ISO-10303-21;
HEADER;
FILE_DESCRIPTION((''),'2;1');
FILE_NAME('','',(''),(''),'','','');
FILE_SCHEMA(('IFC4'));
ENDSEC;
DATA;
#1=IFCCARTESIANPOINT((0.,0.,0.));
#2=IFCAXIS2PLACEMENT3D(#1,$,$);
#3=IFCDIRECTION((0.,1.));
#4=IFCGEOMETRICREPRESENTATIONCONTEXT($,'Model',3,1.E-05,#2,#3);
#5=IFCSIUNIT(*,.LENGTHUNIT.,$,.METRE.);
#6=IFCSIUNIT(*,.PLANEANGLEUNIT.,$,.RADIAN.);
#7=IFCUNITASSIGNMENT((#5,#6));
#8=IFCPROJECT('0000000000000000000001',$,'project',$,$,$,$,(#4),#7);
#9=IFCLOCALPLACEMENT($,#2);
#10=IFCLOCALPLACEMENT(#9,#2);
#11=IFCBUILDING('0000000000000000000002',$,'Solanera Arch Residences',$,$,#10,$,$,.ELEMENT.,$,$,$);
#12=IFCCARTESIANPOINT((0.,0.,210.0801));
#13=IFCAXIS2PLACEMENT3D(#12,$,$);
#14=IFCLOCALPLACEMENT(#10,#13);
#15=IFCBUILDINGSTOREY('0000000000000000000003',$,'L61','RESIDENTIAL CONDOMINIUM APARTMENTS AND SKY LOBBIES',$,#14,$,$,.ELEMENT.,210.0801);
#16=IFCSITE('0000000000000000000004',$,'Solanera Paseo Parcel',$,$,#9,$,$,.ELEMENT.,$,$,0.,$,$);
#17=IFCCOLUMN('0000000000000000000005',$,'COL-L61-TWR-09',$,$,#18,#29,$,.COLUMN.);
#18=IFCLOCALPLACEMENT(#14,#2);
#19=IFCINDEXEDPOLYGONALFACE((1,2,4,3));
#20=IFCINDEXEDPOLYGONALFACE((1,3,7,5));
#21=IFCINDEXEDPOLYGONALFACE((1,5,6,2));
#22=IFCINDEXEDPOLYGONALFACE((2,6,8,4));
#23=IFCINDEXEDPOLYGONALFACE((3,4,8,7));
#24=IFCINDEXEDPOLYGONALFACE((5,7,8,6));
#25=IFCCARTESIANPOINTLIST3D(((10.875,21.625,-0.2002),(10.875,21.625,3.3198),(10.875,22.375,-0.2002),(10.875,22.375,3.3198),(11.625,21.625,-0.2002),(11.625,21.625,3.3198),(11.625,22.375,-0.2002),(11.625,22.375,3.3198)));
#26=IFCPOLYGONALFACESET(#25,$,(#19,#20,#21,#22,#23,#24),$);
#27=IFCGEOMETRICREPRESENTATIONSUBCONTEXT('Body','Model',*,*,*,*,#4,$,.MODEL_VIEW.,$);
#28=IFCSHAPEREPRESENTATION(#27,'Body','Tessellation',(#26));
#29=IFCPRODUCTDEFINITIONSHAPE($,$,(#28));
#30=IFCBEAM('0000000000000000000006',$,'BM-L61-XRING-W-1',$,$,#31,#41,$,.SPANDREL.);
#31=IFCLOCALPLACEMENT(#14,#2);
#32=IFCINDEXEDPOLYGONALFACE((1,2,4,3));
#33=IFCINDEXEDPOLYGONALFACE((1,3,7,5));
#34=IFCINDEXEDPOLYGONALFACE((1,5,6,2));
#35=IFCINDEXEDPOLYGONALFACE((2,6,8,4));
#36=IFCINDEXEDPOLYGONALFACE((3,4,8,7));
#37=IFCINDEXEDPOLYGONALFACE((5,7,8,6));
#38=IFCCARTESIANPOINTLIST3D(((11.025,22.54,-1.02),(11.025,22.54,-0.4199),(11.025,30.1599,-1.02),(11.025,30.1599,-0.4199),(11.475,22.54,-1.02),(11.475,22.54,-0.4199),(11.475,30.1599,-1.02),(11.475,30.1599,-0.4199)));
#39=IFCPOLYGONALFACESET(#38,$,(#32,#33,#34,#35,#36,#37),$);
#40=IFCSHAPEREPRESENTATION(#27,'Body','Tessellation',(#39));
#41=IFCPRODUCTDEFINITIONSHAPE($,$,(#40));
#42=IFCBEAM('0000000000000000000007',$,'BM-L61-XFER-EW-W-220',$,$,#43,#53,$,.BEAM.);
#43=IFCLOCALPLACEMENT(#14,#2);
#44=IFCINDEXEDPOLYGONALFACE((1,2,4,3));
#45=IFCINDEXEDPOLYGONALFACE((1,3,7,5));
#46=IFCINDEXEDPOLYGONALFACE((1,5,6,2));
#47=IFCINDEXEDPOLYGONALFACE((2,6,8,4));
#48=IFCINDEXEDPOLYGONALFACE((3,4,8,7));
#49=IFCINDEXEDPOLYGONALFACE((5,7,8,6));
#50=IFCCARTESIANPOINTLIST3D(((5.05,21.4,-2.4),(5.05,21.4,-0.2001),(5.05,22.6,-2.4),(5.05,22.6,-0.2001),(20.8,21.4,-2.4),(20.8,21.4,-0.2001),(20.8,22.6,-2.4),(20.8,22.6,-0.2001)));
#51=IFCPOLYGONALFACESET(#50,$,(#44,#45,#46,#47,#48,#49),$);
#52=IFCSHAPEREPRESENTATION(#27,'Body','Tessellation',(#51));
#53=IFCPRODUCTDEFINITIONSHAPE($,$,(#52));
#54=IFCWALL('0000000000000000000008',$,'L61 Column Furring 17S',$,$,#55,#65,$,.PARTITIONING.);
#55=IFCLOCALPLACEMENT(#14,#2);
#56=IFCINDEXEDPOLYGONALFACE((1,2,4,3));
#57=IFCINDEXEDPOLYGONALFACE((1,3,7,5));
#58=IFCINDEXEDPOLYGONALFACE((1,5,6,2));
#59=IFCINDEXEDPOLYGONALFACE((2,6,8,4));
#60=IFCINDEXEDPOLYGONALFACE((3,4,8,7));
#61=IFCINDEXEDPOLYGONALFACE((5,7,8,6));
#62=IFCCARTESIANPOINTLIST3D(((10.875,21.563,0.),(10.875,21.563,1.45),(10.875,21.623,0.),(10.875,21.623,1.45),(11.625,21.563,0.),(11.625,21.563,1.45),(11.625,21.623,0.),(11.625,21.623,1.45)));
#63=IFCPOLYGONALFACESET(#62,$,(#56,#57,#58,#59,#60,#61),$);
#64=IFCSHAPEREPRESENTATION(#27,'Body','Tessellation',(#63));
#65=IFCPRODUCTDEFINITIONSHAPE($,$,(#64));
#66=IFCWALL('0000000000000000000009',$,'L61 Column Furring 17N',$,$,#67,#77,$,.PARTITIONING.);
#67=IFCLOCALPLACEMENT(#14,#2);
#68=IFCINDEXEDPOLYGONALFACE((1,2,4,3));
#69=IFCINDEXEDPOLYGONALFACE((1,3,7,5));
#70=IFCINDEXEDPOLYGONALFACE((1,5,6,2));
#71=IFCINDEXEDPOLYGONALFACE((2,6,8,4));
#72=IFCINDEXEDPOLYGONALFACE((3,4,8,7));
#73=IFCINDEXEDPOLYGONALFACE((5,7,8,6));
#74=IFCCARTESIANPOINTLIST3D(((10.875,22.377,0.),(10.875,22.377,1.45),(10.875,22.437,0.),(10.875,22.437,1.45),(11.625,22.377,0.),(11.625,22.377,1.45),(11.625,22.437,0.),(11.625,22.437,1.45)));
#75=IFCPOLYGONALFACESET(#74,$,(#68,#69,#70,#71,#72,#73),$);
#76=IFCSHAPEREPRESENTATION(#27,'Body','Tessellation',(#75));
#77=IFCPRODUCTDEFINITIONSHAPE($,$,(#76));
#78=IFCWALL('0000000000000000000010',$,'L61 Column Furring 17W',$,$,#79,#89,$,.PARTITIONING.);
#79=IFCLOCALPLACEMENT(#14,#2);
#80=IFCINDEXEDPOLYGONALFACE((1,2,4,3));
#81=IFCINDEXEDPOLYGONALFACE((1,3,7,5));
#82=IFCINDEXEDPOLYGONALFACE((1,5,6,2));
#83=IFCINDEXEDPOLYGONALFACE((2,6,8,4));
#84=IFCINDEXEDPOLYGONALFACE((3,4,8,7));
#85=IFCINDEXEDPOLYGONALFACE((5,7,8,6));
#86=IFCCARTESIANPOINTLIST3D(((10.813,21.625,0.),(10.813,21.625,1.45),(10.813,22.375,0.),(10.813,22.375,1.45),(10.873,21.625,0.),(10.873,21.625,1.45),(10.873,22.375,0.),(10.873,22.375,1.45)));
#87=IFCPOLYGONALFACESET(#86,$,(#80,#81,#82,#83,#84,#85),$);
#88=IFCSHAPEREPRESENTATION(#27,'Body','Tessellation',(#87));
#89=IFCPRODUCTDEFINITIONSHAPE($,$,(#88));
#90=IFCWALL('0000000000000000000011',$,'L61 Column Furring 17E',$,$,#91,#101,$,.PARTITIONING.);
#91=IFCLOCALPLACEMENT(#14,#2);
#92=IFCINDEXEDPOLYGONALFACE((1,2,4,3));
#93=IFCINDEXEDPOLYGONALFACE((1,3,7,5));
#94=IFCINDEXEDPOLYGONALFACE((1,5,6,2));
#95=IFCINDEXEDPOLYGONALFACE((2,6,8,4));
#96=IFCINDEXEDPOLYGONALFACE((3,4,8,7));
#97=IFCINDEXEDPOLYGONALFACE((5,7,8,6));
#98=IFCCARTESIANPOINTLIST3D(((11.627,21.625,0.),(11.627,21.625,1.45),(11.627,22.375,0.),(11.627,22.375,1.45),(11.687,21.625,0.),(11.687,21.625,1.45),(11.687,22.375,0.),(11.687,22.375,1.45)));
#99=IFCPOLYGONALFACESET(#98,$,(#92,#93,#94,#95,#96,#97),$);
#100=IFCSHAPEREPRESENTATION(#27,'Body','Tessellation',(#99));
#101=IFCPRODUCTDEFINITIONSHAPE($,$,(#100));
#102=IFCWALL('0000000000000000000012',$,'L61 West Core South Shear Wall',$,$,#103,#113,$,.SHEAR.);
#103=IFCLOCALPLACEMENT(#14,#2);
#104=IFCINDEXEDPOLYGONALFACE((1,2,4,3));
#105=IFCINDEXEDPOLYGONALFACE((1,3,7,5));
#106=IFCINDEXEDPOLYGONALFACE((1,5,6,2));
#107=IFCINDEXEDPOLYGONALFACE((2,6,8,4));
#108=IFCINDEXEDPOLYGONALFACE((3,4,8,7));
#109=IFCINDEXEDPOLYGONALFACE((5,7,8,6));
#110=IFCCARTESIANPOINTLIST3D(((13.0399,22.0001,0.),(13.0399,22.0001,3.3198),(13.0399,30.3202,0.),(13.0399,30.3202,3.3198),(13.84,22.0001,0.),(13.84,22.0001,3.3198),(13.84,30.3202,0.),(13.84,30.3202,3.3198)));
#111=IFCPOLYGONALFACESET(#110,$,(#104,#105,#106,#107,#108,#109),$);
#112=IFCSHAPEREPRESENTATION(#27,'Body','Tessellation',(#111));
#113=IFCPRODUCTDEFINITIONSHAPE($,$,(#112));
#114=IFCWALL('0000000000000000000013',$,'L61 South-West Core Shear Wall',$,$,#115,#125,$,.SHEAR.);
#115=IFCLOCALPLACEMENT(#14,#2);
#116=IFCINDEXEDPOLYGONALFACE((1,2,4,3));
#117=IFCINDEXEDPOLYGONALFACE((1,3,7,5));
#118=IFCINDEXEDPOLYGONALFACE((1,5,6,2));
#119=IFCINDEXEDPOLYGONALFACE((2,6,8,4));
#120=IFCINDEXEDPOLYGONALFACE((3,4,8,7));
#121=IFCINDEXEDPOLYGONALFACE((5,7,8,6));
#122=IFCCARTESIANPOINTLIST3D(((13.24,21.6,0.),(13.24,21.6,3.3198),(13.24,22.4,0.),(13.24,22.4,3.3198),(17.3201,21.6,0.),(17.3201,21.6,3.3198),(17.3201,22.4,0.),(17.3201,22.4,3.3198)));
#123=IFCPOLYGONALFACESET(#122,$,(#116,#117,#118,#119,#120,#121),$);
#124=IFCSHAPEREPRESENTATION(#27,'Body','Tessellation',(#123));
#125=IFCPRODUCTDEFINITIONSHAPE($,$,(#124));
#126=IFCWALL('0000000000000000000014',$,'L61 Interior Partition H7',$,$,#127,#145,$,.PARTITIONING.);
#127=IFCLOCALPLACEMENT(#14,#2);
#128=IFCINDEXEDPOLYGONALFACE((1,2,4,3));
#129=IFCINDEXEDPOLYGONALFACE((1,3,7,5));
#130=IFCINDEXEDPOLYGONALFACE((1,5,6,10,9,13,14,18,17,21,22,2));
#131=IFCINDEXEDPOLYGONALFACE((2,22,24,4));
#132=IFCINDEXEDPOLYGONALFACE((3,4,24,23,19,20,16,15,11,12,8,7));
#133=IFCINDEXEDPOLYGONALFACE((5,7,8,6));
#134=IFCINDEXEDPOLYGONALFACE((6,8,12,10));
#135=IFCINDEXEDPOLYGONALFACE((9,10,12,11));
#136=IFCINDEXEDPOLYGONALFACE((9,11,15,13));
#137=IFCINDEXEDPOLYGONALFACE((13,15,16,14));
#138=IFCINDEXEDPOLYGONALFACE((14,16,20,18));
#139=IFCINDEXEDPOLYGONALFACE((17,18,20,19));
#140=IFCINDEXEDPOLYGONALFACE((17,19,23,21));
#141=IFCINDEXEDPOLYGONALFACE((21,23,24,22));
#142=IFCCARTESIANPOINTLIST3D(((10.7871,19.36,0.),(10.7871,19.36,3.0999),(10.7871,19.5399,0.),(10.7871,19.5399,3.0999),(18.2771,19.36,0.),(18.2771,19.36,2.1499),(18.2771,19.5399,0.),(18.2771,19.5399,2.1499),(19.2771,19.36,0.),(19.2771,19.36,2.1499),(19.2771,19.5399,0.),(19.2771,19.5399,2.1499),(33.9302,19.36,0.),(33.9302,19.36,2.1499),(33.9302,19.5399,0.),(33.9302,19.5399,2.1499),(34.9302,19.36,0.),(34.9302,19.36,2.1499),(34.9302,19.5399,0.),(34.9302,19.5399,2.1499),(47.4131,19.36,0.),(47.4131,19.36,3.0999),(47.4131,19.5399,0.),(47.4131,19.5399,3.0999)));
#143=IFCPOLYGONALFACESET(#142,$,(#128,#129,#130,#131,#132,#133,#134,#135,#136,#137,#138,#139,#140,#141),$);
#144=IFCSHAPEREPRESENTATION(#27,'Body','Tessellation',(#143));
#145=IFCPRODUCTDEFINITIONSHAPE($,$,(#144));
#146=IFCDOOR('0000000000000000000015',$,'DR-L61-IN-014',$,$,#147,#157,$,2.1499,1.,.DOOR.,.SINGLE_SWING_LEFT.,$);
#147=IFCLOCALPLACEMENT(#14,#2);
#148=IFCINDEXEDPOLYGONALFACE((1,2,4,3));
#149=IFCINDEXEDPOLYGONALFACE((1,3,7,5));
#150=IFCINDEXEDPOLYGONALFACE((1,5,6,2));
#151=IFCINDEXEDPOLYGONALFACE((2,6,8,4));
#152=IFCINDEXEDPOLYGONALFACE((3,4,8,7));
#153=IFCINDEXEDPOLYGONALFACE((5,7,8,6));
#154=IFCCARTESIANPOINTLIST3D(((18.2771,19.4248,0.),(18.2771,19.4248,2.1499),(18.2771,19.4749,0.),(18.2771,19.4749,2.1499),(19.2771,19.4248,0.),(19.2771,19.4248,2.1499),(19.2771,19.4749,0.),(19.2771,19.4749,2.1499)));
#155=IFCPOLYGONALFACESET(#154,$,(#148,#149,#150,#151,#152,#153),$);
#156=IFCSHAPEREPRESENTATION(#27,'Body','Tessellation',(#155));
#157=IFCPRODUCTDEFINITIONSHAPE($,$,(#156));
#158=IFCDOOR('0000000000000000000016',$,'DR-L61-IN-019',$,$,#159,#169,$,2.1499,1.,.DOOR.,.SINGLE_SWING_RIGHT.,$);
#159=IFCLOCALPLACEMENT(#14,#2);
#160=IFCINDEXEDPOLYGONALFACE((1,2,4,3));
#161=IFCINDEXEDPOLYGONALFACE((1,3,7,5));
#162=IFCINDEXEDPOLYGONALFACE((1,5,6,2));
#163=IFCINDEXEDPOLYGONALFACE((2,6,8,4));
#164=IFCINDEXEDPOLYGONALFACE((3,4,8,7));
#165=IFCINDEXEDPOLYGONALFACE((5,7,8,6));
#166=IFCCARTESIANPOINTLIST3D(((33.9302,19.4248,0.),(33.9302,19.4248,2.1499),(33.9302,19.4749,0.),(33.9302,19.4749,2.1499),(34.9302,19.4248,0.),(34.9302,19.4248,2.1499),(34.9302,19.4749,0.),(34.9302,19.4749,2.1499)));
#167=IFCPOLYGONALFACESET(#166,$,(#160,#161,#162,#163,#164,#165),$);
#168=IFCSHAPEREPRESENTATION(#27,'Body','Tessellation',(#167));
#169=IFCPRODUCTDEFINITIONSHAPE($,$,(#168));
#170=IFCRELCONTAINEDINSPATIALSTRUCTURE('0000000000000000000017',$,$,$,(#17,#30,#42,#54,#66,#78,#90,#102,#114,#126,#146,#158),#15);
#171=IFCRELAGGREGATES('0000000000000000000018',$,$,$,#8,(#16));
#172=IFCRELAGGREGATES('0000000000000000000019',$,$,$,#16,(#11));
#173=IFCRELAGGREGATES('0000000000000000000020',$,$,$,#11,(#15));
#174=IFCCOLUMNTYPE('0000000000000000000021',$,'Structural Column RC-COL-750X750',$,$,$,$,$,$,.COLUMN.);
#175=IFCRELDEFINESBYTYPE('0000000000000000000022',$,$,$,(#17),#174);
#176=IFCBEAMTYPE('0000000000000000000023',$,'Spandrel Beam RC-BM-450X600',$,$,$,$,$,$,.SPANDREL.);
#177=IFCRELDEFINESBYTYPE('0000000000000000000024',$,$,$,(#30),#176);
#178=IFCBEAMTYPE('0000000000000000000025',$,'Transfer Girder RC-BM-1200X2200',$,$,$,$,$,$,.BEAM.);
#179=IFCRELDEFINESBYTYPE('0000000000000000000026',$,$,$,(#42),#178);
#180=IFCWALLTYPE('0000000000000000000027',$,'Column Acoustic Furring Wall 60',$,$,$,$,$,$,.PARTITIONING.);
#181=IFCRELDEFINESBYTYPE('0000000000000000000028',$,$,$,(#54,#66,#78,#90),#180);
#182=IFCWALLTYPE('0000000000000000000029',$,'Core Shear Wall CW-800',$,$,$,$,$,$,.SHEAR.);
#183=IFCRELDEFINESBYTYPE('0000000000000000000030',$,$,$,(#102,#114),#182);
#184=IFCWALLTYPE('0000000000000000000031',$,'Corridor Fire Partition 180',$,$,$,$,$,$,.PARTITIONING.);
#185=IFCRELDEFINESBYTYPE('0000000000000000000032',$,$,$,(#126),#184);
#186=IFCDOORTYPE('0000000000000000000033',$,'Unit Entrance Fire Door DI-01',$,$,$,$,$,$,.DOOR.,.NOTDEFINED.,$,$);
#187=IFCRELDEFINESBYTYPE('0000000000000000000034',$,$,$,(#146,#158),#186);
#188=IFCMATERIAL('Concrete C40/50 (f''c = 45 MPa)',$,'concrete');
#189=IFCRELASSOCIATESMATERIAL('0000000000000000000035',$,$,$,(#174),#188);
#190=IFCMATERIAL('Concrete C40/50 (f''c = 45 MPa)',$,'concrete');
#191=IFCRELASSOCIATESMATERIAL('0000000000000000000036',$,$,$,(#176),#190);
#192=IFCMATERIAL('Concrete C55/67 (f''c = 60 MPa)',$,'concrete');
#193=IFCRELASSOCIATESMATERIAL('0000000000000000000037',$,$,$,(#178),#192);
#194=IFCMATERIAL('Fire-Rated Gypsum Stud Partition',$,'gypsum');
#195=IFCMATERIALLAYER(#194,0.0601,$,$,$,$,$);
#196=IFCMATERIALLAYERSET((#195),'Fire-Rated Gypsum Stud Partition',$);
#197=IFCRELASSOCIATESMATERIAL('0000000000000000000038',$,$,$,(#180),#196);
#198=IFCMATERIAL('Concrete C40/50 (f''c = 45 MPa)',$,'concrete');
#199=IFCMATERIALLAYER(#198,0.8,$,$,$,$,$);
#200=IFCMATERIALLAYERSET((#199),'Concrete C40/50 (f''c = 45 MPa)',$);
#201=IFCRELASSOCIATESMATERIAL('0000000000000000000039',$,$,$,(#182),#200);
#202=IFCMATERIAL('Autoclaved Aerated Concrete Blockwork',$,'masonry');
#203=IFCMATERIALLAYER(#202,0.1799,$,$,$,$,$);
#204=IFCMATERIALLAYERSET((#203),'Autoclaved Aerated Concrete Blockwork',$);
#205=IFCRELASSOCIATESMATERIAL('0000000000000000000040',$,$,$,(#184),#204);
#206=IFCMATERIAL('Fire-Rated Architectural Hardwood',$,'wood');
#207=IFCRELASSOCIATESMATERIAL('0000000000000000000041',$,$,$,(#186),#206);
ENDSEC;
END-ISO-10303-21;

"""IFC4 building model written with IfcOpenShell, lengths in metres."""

from ifc_helpers import new_model, si_unit, direction, frame, frame_2d, origin, origin_2d, place, context, subcontext, project, spatial, rectangle, extrude, material, layer, layer_set, material_profile, profile_set, type_object, element, fill, save


model = new_model("IFC4")

# Units and contexts
model_context = context("Model", 3, precision=1e-05, world=origin(), true_north=direction((0.0, 1.0)))
body_context = subcontext(model_context, "Body", "Model", "MODEL_VIEW")
ifc_project = project(units=[si_unit("LENGTHUNIT", "METRE"), si_unit("PLANEANGLEUNIT", "RADIAN")], contexts=[model_context])

# Site, building, storey
site_placement = place(None, origin())
site = spatial("IfcSite", under=ifc_project, at=site_placement, Name="Solanera Paseo Parcel", CompositionType="ELEMENT", RefElevation=0.0)
building_placement = place(site_placement, origin())
building = spatial("IfcBuilding", under=site, at=building_placement, Name="Solanera Arch Residences", CompositionType="ELEMENT")
storey_placement = place(building_placement, frame((0.0, 0.0, 210.0801)))
storey = spatial("IfcBuildingStorey", under=building, at=storey_placement, Name="L61", Description="RESIDENTIAL CONDOMINIUM APARTMENTS AND SKY LOBBIES", CompositionType="ELEMENT", Elevation=210.0801)

# Column
ifc_material_1 = material(Name="Concrete C40/50 (f'c = 45 MPa)", Category="concrete")
ifc_material_profile_1 = material_profile(ifc_material_1, rectangle(XDim=0.75, YDim=0.75, at=origin_2d()))
ifc_profile_set_1 = profile_set([ifc_material_profile_1], Name="Concrete C40/50 (f'c = 45 MPa)")
column_type = type_object("IfcColumnType", Name="Structural Column RC-COL-750X750", PredefinedType="COLUMN", material=ifc_profile_set_1)
column_placement = place(storey_placement, frame((11.25, 22.0, -0.2002), z_axis=(0.0, 0.0, 1.0), x_axis=(1.0, 0.0, 0.0)))
element("IfcColumn", 1, at=column_placement, inside=storey, type_object=column_type, Name="COL-L61-TWR-09", PredefinedType="COLUMN", context=body_context, shape_type="SweptSolid", body=[
    extrude(rectangle(XDim=0.75, YDim=0.75, at=origin_2d()), origin(), (0.0, 0.0, 1.0), 3.52),
])

# Beams
ifc_material_2 = material(Name="Concrete C40/50 (f'c = 45 MPa)", Category="concrete")
ifc_material_profile_2 = material_profile(ifc_material_2, rectangle(XDim=0.45, YDim=0.6001, at=origin_2d()))
ifc_profile_set_2 = profile_set([ifc_material_profile_2], Name="Concrete C40/50 (f'c = 45 MPa)")
beam_type_1 = type_object("IfcBeamType", Name="Spandrel Beam RC-BM-450X600", PredefinedType="SPANDREL", material=ifc_profile_set_2)
beam_1_placement = place(storey_placement, frame((11.25, 22.54, -0.72), z_axis=(0.0, 1.0, 0.0), x_axis=(-1.0, 0.0, 0.0)))
element("IfcBeam", 2, at=beam_1_placement, inside=storey, type_object=beam_type_1, Name="BM-L61-XRING-W-1", PredefinedType="SPANDREL", context=body_context, shape_type="SweptSolid", body=[
    extrude(rectangle(XDim=0.45, YDim=0.6001, at=origin_2d()), origin(), (0.0, 0.0, 1.0), 7.6199),
])
ifc_material_3 = material(Name="Concrete C55/67 (f'c = 60 MPa)", Category="concrete")
ifc_material_profile_3 = material_profile(ifc_material_3, rectangle(XDim=1.2, YDim=2.2, at=origin_2d()))
ifc_profile_set_3 = profile_set([ifc_material_profile_3], Name="Concrete C55/67 (f'c = 60 MPa)")
beam_type_2 = type_object("IfcBeamType", Name="Transfer Girder RC-BM-1200X2200", PredefinedType="BEAM", material=ifc_profile_set_3)
beam_2_placement = place(storey_placement, frame((5.05, 22.0, -1.3), z_axis=(1.0, 0.0, 0.0), x_axis=(0.0, 1.0, 0.0)))
element("IfcBeam", 3, at=beam_2_placement, inside=storey, type_object=beam_type_2, Name="BM-L61-XFER-EW-W-220", PredefinedType="BEAM", context=body_context, shape_type="SweptSolid", body=[
    extrude(rectangle(XDim=1.2, YDim=2.2, at=origin_2d()), origin(), (0.0, 0.0, 1.0), 15.75),
])

# Walls
ifc_material_4 = material(Name="Fire-Rated Gypsum Stud Partition", Category="gypsum")
ifc_layer_1 = layer(ifc_material_4, 0.0601)
ifc_layer_set_1 = layer_set([ifc_layer_1], Name="Fire-Rated Gypsum Stud Partition")
wall_type_1 = type_object("IfcWallType", Name="Column Acoustic Furring Wall 60", PredefinedType="PARTITIONING", material=ifc_layer_set_1)
for number, where, z_axis, x_axis, name in (
    (4, (10.875, 21.593, 0.0), (0.0, 0.0, 1.0), (1.0, 0.0, 0.0), "L61 Column Furring 17S"),
    (5, (10.875, 22.407, 0.0), (0.0, 0.0, 1.0), (1.0, 0.0, 0.0), "L61 Column Furring 17N"),
    (6, (10.843, 21.625, 0.0), (0.0, 0.0, 1.0), (0.0, 1.0, 0.0), "L61 Column Furring 17W"),
    (7, (11.657, 21.625, 0.0), (0.0, 0.0, 1.0), (0.0, 1.0, 0.0), "L61 Column Furring 17E"),
):
    element("IfcWall", number, at=place(storey_placement, frame(where, z_axis=z_axis, x_axis=x_axis)), inside=storey, type_object=wall_type_1, Name=name, PredefinedType="PARTITIONING", context=body_context, shape_type="SweptSolid", body=[
        extrude(rectangle(XDim=0.75, YDim=0.0601, at=frame_2d((0.375, 0.0))), origin(), (0.0, 0.0, 1.0), 1.45),
    ])
ifc_material_5 = material(Name="Concrete C40/50 (f'c = 45 MPa)", Category="concrete")
ifc_layer_2 = layer(ifc_material_5, 0.8)
ifc_layer_set_2 = layer_set([ifc_layer_2], Name="Concrete C40/50 (f'c = 45 MPa)")
wall_type_2 = type_object("IfcWallType", Name="Core Shear Wall CW-800", PredefinedType="SHEAR", material=ifc_layer_set_2)
wall_1_placement = place(storey_placement, frame((13.4399, 22.0, 0.0), z_axis=(0.0, 0.0, 1.0), x_axis=(0.0, 1.0, 0.0)))
element("IfcWall", 8, at=wall_1_placement, inside=storey, type_object=wall_type_2, Name="L61 West Core South Shear Wall", PredefinedType="SHEAR", context=body_context, shape_type="SweptSolid", body=[
    extrude(rectangle(XDim=8.3201, YDim=0.8, at=frame_2d((4.1602, 0.0))), origin(), (0.0, 0.0, 1.0), 3.3198),
])
wall_2_placement = place(storey_placement, frame((13.24, 22.0, 0.0), z_axis=(0.0, 0.0, 1.0), x_axis=(1.0, 0.0, 0.0)))
element("IfcWall", 9, at=wall_2_placement, inside=storey, type_object=wall_type_2, Name="L61 South-West Core Shear Wall", PredefinedType="SHEAR", context=body_context, shape_type="SweptSolid", body=[
    extrude(rectangle(XDim=4.0801, YDim=0.8, at=frame_2d((2.04, 0.0))), origin(), (0.0, 0.0, 1.0), 3.3198),
])

# Wall, openings, doors
ifc_material_6 = material(Name="Autoclaved Aerated Concrete Blockwork", Category="masonry")
ifc_layer_3 = layer(ifc_material_6, 0.1799)
ifc_layer_set_3 = layer_set([ifc_layer_3], Name="Autoclaved Aerated Concrete Blockwork")
wall_type_3 = type_object("IfcWallType", Name="Corridor Fire Partition 180", PredefinedType="PARTITIONING", material=ifc_layer_set_3)
wall_3_placement = place(storey_placement, frame((10.7871, 19.45, 0.0), z_axis=(0.0, 0.0, 1.0), x_axis=(1.0, 0.0, 0.0)))
wall_3 = element("IfcWall", 10, at=wall_3_placement, inside=storey, type_object=wall_type_3, Name="L61 Interior Partition H7", PredefinedType="PARTITIONING", context=body_context, shape_type="SweptSolid", body=[
    extrude(rectangle(XDim=36.626, YDim=0.1799, at=frame_2d((18.313, 0.0))), origin(), (0.0, 0.0, 1.0), 3.0999),
])
opening_1_placement = place(wall_3_placement, frame((7.49, 0.0, 0.0)))
opening_1 = element("IfcOpeningElement", 11, at=opening_1_placement, cuts=wall_3, PredefinedType="OPENING", context=body_context, shape_type="SweptSolid", body=[
    extrude(rectangle(XDim=1.0, YDim=2.1499, at=frame_2d((0.5, 1.075))), frame((0.0, 0.1001, 0.0), z_axis=(0.0, -1.0, 0.0), x_axis=(1.0, 0.0, 0.0)), (0.0, 0.0, 1.0), 0.1999),
])
opening_2_placement = place(wall_3_placement, frame((23.1431, 0.0, 0.0)))
opening_2 = element("IfcOpeningElement", 12, at=opening_2_placement, cuts=wall_3, PredefinedType="OPENING", context=body_context, shape_type="SweptSolid", body=[
    extrude(rectangle(XDim=1.0, YDim=2.1499, at=frame_2d((0.5, 1.075))), frame((0.0, 0.1001, 0.0), z_axis=(0.0, -1.0, 0.0), x_axis=(1.0, 0.0, 0.0)), (0.0, 0.0, 1.0), 0.1999),
])
ifc_material_7 = material(Name="Fire-Rated Architectural Hardwood", Category="wood")
door_type_1 = type_object("IfcDoorType", Name="Unit Entrance Fire Door DI-01", OperationType="NOTDEFINED", PredefinedType="DOOR", material=ifc_material_7)
door_1_placement = place(opening_1_placement, origin())
door_1 = element("IfcDoor", 13, at=door_1_placement, inside=storey, type_object=door_type_1, Name="DR-L61-IN-014", OperationType="SINGLE_SWING_LEFT", OverallHeight=2.1499, OverallWidth=1.0, PredefinedType="DOOR", context=body_context, shape_type="SweptSolid", body=[
    extrude(rectangle(XDim=1.0, YDim=2.1499, at=frame_2d((0.5, 1.075))), frame((0.0, 0.0249, 0.0), z_axis=(0.0, -1.0, 0.0), x_axis=(1.0, 0.0, 0.0)), (0.0, 0.0, 1.0), 0.05),
])
fill(opening_1, door_1)
door_2_placement = place(opening_2_placement, origin())
door_2 = element("IfcDoor", 14, at=door_2_placement, inside=storey, type_object=door_type_1, Name="DR-L61-IN-019", OperationType="SINGLE_SWING_RIGHT", OverallHeight=2.1499, OverallWidth=1.0, PredefinedType="DOOR", context=body_context, shape_type="SweptSolid", body=[
    extrude(rectangle(XDim=1.0, YDim=2.1499, at=frame_2d((0.5, 1.075))), frame((0.0, 0.0249, 0.0), z_axis=(0.0, -1.0, 0.0), x_axis=(1.0, 0.0, 0.0)), (0.0, 0.0, 1.0), 0.05),
])
fill(opening_2, door_2)

save(model, "model.ifc")
